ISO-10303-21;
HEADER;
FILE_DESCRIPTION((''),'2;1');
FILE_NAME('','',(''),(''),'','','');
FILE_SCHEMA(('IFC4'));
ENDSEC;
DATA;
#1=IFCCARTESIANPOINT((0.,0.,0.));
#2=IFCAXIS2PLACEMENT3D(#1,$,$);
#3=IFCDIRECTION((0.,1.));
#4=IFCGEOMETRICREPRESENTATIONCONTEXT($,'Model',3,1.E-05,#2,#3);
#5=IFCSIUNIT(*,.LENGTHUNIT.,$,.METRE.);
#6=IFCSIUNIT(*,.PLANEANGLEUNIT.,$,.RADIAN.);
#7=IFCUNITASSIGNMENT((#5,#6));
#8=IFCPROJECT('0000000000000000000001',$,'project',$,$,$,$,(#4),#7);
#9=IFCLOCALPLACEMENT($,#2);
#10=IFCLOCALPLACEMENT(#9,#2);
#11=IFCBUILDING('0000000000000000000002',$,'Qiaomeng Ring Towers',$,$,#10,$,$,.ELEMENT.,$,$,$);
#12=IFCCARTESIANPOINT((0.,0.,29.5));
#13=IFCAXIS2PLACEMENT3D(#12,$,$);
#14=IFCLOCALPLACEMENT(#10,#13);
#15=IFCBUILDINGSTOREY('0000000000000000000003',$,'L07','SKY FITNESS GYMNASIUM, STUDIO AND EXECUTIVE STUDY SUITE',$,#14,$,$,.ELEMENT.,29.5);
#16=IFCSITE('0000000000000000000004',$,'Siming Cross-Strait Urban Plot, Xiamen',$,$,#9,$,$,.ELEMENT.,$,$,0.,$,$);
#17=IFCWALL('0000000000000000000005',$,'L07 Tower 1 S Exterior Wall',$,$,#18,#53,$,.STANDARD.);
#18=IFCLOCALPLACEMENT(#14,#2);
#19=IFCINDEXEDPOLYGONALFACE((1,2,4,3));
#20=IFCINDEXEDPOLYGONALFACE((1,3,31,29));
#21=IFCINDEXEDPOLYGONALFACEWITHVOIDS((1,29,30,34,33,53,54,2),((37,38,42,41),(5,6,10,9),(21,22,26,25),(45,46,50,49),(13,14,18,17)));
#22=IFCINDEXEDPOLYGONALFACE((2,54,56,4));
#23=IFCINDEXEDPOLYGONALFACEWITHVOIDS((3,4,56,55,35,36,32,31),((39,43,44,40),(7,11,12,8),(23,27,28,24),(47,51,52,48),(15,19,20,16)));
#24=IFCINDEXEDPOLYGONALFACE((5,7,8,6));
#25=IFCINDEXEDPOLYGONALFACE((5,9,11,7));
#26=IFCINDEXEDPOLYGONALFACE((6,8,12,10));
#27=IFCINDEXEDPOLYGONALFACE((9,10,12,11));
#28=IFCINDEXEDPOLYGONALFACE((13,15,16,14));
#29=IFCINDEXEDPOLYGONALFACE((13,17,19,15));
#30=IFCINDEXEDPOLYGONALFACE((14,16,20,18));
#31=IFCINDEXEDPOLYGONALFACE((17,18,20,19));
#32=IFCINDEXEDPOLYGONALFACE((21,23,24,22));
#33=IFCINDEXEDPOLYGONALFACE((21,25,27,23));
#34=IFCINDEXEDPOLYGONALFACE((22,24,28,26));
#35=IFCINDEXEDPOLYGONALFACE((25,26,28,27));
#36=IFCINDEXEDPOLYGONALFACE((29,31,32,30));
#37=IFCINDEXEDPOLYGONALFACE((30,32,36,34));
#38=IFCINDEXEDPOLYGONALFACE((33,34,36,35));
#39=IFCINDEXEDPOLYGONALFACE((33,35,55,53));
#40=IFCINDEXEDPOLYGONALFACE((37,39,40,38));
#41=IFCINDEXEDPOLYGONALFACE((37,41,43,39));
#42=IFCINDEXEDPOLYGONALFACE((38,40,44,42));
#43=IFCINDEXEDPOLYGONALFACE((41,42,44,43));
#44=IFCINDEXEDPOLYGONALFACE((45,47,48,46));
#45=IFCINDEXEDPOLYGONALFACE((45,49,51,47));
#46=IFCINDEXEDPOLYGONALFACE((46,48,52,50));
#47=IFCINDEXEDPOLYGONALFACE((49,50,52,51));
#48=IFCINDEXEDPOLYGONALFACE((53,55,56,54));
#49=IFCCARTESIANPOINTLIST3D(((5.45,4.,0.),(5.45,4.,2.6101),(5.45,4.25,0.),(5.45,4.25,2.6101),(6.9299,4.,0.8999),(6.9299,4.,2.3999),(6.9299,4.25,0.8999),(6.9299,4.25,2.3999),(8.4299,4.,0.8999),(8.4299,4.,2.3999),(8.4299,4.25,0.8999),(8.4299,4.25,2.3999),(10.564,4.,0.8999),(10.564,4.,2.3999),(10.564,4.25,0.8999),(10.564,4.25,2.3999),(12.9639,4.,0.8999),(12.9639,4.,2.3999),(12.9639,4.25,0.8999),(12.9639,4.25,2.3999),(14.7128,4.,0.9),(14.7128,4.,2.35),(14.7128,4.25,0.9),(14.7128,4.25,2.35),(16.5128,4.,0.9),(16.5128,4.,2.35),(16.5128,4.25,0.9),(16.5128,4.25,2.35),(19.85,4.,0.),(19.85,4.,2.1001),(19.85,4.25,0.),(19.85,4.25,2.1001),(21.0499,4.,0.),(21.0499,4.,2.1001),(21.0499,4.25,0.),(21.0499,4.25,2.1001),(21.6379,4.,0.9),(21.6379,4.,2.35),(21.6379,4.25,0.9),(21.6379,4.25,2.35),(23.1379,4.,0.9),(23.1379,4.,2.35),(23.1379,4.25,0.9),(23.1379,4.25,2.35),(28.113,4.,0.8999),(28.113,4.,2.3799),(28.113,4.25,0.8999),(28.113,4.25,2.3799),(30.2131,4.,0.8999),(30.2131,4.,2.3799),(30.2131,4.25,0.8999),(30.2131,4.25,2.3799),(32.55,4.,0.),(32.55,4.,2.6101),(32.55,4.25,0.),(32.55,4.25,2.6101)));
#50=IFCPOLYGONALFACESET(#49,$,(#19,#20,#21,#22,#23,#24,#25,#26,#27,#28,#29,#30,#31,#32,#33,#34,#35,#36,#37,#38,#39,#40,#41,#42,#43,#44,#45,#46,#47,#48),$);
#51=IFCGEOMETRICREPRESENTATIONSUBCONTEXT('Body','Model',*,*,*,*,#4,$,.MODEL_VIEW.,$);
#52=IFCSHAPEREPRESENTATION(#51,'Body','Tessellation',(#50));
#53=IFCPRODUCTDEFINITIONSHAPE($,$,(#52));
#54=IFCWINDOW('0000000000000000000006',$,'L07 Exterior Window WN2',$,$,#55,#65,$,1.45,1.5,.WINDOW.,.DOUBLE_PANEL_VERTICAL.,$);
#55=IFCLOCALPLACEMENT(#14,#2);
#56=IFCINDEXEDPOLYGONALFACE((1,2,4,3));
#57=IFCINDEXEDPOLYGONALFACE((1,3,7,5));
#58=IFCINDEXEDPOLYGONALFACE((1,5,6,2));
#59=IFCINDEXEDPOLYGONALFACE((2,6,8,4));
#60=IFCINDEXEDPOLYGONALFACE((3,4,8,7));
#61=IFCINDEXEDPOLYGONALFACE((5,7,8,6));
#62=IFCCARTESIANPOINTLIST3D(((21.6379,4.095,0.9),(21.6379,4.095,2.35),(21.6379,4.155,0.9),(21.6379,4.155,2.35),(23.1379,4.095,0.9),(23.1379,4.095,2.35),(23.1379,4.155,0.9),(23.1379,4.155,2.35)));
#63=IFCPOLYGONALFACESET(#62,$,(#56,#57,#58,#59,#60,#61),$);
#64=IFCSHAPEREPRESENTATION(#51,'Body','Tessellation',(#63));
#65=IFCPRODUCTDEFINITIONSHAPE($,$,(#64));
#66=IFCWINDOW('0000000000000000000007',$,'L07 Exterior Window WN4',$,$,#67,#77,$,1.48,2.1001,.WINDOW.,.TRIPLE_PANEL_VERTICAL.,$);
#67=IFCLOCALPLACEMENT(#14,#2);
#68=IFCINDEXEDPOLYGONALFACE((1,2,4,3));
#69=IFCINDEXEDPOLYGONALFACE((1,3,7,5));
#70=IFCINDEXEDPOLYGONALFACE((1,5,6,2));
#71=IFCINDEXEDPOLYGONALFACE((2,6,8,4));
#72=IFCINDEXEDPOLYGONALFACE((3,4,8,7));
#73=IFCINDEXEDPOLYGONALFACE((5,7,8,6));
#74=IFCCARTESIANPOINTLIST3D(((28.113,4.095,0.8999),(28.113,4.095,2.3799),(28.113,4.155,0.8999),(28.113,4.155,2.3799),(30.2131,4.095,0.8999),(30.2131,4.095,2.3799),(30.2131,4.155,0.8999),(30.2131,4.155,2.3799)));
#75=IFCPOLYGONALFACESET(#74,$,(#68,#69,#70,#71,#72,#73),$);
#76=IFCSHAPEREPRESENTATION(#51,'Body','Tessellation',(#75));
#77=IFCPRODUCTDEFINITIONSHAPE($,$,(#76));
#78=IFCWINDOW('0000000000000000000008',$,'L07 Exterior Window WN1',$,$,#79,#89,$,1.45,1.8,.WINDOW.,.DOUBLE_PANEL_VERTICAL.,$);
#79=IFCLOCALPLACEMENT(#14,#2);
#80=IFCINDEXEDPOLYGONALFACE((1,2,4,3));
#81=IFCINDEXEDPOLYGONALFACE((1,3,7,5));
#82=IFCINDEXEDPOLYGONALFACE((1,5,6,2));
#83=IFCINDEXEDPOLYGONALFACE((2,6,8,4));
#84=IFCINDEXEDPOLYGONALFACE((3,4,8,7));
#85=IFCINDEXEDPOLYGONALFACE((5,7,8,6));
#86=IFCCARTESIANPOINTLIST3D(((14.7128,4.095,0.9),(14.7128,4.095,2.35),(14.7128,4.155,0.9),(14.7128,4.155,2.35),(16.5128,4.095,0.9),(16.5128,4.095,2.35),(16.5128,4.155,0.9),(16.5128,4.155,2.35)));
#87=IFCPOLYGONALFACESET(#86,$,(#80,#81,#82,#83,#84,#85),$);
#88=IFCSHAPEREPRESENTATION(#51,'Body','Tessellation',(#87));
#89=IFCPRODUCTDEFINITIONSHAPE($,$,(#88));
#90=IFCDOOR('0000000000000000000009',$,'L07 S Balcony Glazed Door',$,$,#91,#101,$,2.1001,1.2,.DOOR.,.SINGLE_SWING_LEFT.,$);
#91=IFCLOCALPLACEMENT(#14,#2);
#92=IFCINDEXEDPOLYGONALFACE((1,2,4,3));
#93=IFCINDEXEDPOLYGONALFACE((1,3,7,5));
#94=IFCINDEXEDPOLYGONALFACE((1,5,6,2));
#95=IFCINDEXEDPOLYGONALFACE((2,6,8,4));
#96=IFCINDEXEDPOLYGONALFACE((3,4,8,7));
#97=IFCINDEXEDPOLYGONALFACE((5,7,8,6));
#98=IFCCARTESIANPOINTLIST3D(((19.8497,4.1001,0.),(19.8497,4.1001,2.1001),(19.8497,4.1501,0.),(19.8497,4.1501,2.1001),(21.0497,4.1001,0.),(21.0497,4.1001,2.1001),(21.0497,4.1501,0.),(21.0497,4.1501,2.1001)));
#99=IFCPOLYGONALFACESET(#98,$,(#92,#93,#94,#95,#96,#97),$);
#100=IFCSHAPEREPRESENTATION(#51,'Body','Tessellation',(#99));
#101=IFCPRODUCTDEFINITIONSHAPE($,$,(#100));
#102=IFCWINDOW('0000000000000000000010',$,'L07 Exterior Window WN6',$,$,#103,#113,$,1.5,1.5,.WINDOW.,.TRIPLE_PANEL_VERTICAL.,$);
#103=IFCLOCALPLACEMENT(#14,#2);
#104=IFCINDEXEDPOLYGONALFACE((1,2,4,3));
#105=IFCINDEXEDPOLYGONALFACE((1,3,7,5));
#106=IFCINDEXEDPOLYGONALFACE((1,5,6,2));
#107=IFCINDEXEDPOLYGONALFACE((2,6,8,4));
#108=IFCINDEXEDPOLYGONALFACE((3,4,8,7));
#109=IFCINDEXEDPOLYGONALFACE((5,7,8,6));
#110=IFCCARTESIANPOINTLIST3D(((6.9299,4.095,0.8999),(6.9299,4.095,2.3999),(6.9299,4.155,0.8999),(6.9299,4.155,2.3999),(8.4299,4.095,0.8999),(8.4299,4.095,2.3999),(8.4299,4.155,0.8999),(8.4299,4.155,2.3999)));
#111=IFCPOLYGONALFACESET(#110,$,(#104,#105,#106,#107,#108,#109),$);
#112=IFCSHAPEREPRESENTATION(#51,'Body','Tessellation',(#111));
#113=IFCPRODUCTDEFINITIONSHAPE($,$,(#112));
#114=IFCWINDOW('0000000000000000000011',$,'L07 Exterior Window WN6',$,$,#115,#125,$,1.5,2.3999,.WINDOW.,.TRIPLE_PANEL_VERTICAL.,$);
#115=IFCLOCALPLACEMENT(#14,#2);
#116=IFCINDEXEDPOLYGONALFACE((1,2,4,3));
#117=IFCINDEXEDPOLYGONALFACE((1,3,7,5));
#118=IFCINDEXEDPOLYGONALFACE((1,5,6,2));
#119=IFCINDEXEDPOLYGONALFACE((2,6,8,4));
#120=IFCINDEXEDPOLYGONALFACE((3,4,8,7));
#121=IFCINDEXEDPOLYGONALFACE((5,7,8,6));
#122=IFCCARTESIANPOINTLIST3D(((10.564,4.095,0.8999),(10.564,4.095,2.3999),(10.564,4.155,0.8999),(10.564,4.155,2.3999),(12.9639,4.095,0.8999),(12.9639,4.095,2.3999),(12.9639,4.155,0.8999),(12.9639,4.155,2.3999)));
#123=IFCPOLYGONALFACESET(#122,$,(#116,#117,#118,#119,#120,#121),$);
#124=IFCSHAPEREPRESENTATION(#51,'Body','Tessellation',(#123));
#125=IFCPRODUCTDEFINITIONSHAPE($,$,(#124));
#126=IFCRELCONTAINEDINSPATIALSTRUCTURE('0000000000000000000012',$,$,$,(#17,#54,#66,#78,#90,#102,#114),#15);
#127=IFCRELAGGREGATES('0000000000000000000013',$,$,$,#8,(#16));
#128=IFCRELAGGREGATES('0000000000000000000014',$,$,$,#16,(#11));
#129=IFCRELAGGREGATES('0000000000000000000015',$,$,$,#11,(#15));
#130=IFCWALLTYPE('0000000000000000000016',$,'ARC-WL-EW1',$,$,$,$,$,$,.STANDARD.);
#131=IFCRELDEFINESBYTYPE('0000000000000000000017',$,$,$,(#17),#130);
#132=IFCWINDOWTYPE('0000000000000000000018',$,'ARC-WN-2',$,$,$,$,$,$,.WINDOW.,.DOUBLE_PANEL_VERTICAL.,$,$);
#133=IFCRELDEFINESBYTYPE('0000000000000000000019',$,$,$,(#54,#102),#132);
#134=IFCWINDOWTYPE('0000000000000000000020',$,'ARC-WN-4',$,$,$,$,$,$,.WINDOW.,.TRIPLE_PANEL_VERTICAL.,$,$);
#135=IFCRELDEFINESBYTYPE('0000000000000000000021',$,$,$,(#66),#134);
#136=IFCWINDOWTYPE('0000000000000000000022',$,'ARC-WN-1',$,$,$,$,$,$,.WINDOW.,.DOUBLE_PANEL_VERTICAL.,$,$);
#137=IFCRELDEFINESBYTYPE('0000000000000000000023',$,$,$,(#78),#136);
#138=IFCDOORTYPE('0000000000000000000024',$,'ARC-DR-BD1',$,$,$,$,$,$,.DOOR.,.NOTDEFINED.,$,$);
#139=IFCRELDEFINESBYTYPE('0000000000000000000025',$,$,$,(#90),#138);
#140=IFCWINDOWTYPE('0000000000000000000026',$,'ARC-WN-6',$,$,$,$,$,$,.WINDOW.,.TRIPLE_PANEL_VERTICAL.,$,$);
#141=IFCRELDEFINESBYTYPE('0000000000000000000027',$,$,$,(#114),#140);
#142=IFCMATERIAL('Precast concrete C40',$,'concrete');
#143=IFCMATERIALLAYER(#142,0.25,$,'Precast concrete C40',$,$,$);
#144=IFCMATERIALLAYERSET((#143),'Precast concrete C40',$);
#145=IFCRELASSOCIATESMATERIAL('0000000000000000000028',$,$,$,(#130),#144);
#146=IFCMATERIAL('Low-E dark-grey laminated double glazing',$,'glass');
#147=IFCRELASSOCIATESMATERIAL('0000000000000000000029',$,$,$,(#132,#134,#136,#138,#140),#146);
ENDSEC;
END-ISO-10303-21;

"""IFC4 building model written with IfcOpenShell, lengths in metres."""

from ifc_helpers import new_model, si_unit, direction, frame, frame_2d, origin, place, context, subcontext, project, spatial, rectangle, extrude, source, transform, mapped, material, layer, layer_set, type_object, element, fill, save


model = new_model("IFC4")

# Units and contexts
model_context = context("Model", 3, precision=1e-05, world=origin(), true_north=direction((0.0, 1.0)))
body_context = subcontext(model_context, "Body", "Model", "MODEL_VIEW")
ifc_project = project(units=[si_unit("LENGTHUNIT", "METRE"), si_unit("PLANEANGLEUNIT", "RADIAN")], contexts=[model_context])

# Site, building, storey
site_placement = place(None, origin())
site = spatial("IfcSite", under=ifc_project, at=site_placement, Name="Siming Cross-Strait Urban Plot, Xiamen", CompositionType="ELEMENT", RefElevation=0.0)
building_placement = place(site_placement, origin())
building = spatial("IfcBuilding", under=site, at=building_placement, Name="Qiaomeng Ring Towers", CompositionType="ELEMENT")
storey_placement = place(building_placement, frame((0.0, 0.0, 29.5)))
storey = spatial("IfcBuildingStorey", under=building, at=storey_placement, Name="L07", Description="SKY FITNESS GYMNASIUM, STUDIO AND EXECUTIVE STUDY SUITE", CompositionType="ELEMENT", Elevation=29.5)

# Shared definitions
ifc_material_1 = material(Name="Low-E dark-grey laminated double glazing", Category="glass")

# Wall, openings, windows, door
ifc_material_2 = material(Name="Precast concrete C40", Category="concrete")
ifc_layer_1 = layer(ifc_material_2, 0.25, Name="Precast concrete C40")
ifc_layer_set_1 = layer_set([ifc_layer_1], Name="Precast concrete C40")
wall_type_1 = type_object("IfcWallType", Name="ARC-WL-EW1", PredefinedType="STANDARD", material=ifc_layer_set_1)
wall_1_placement = place(storey_placement, frame((5.45, 4.125, 0.0), z_axis=(0.0, 0.0, 1.0), x_axis=(1.0, 0.0, 0.0)))
wall_1 = element("IfcWall", 1, at=wall_1_placement, inside=storey, type_object=wall_type_1, Name="L07 Tower 1 S Exterior Wall", PredefinedType="STANDARD", context=body_context, shape_type="SweptSolid", body=[
    extrude(rectangle(XDim=27.1001, YDim=0.25, at=frame_2d((13.55, 0.0))), origin(), (0.0, 0.0, 1.0), 2.6101),
])
opening_1_placement = place(wall_1_placement, frame((14.3999, 0.0, 0.0)))
opening_1 = element("IfcOpeningElement", 2, at=opening_1_placement, cuts=wall_1, PredefinedType="OPENING", context=body_context, shape_type="SweptSolid", body=[
    extrude(rectangle(XDim=1.2, YDim=2.1001, at=frame_2d((0.6001, 1.05))), frame((0.0, 0.135, 0.0), z_axis=(0.0, -1.0, 0.0), x_axis=(1.0, 0.0, 0.0)), (0.0, 0.0, 1.0), 0.27),
])
opening_2_placement = place(wall_1_placement, frame((1.48, 0.0, 0.8999)))
opening_2 = element("IfcOpeningElement", 3, at=opening_2_placement, cuts=wall_1, PredefinedType="OPENING", context=body_context, shape_type="SweptSolid", body=[
    extrude(rectangle(XDim=1.5, YDim=1.5, at=frame_2d((0.75, 0.75))), frame((0.0, 0.135, 0.0), z_axis=(0.0, -1.0, 0.0), x_axis=(1.0, 0.0, 0.0)), (0.0, 0.0, 1.0), 0.27),
])
opening_3_placement = place(wall_1_placement, frame((9.2629, 0.0, 0.8999)))
opening_3 = element("IfcOpeningElement", 4, at=opening_3_placement, cuts=wall_1, PredefinedType="OPENING", context=body_context, shape_type="SweptSolid", body=[
    extrude(rectangle(XDim=1.8, YDim=1.45, at=frame_2d((0.8999, 0.7251))), frame((0.0, 0.135, 0.0), z_axis=(0.0, -1.0, 0.0), x_axis=(1.0, 0.0, 0.0)), (0.0, 0.0, 1.0), 0.27),
])
opening_4_placement = place(wall_1_placement, frame((16.188, 0.0, 0.8999)))
opening_4 = element("IfcOpeningElement", 5, at=opening_4_placement, cuts=wall_1, PredefinedType="OPENING", context=body_context, shape_type="SweptSolid", body=[
    extrude(rectangle(XDim=1.5, YDim=1.45, at=frame_2d((0.75, 0.7251))), frame((0.0, 0.135, 0.0), z_axis=(0.0, -1.0, 0.0), x_axis=(1.0, 0.0, 0.0)), (0.0, 0.0, 1.0), 0.27),
])
opening_5_placement = place(wall_1_placement, frame((22.6631, 0.0, 0.8999)))
opening_5 = element("IfcOpeningElement", 6, at=opening_5_placement, cuts=wall_1, PredefinedType="OPENING", context=body_context, shape_type="SweptSolid", body=[
    extrude(rectangle(XDim=2.1001, YDim=1.48, at=frame_2d((1.05, 0.74))), frame((0.0, 0.135, 0.0), z_axis=(0.0, -1.0, 0.0), x_axis=(1.0, 0.0, 0.0)), (0.0, 0.0, 1.0), 0.27),
])
opening_6_placement = place(wall_1_placement, frame((5.114, 0.0, 0.8999)))
opening_6 = element("IfcOpeningElement", 7, at=opening_6_placement, cuts=wall_1, PredefinedType="OPENING", context=body_context, shape_type="SweptSolid", body=[
    extrude(rectangle(XDim=2.3999, YDim=1.5, at=frame_2d((1.2, 0.75))), frame((0.0, 0.135, 0.0), z_axis=(0.0, -1.0, 0.0), x_axis=(1.0, 0.0, 0.0)), (0.0, 0.0, 1.0), 0.27),
])
window_type_1 = type_object("IfcWindowType", Name="ARC-WN-2", PartitioningType="DOUBLE_PANEL_VERTICAL", PredefinedType="WINDOW", material=ifc_material_1)
shared_shape_1 = source(origin(), body_context, "Body", "SweptSolid", [
    extrude(rectangle(XDim=1.5, YDim=1.45, at=frame_2d((0.75, 0.7251))), frame((0.0, 0.03, 0.0), z_axis=(0.0, -1.0, 0.0), x_axis=(1.0, 0.0, 0.0)), (0.0, 0.0, 1.0), 0.0601),
])
window_1_placement = place(opening_4_placement, origin())
window_1 = element("IfcWindow", 8, at=window_1_placement, inside=storey, type_object=window_type_1, Name="L07 Exterior Window WN2", OverallHeight=1.45, OverallWidth=1.5, PartitioningType="DOUBLE_PANEL_VERTICAL", PredefinedType="WINDOW", context=body_context, shape_type="MappedRepresentation", body=[
    mapped(shared_shape_1, transform((0.0, 0.0, 0.0), x_axis=(1.0, 0.0, 0.0), y_axis=(0.0, 1.0, 0.0), z_axis=(0.0, 0.0, 1.0), scale=1.0)),
])
fill(opening_4, window_1)
window_type_2 = type_object("IfcWindowType", Name="ARC-WN-4", PartitioningType="TRIPLE_PANEL_VERTICAL", PredefinedType="WINDOW", material=ifc_material_1)
shared_shape_2 = source(origin(), body_context, "Body", "SweptSolid", [
    extrude(rectangle(XDim=2.1001, YDim=1.48, at=frame_2d((1.05, 0.74))), frame((0.0, 0.03, 0.0), z_axis=(0.0, -1.0, 0.0), x_axis=(1.0, 0.0, 0.0)), (0.0, 0.0, 1.0), 0.0601),
])
window_2_placement = place(opening_5_placement, origin())
window_2 = element("IfcWindow", 9, at=window_2_placement, inside=storey, type_object=window_type_2, Name="L07 Exterior Window WN4", OverallHeight=1.48, OverallWidth=2.1001, PartitioningType="TRIPLE_PANEL_VERTICAL", PredefinedType="WINDOW", context=body_context, shape_type="MappedRepresentation", body=[
    mapped(shared_shape_2, transform((0.0, 0.0, 0.0), x_axis=(1.0, 0.0, 0.0), y_axis=(0.0, 1.0, 0.0), z_axis=(0.0, 0.0, 1.0), scale=1.0)),
])
fill(opening_5, window_2)
window_type_3 = type_object("IfcWindowType", Name="ARC-WN-1", PartitioningType="DOUBLE_PANEL_VERTICAL", PredefinedType="WINDOW", material=ifc_material_1)
shared_shape_3 = source(origin(), body_context, "Body", "SweptSolid", [
    extrude(rectangle(XDim=1.8, YDim=1.45, at=frame_2d((0.8999, 0.7251))), frame((0.0, 0.03, 0.0), z_axis=(0.0, -1.0, 0.0), x_axis=(1.0, 0.0, 0.0)), (0.0, 0.0, 1.0), 0.0601),
])
window_3_placement = place(opening_3_placement, origin())
window_3 = element("IfcWindow", 10, at=window_3_placement, inside=storey, type_object=window_type_3, Name="L07 Exterior Window WN1", OverallHeight=1.45, OverallWidth=1.8, PartitioningType="DOUBLE_PANEL_VERTICAL", PredefinedType="WINDOW", context=body_context, shape_type="MappedRepresentation", body=[
    mapped(shared_shape_3, transform((0.0, 0.0, 0.0), x_axis=(1.0, 0.0, 0.0), y_axis=(0.0, 1.0, 0.0), z_axis=(0.0, 0.0, 1.0), scale=1.0)),
])
fill(opening_3, window_3)
door_type_1 = type_object("IfcDoorType", Name="ARC-DR-BD1", OperationType="NOTDEFINED", PredefinedType="DOOR", material=ifc_material_1)
shared_shape_4 = source(origin(), body_context, "Body", "SweptSolid", [
    extrude(rectangle(XDim=1.2, YDim=2.1001, at=frame_2d((0.6001, 1.05))), frame((0.0, 0.0249, 0.0), z_axis=(0.0, -1.0, 0.0), x_axis=(1.0, 0.0, 0.0)), (0.0, 0.0, 1.0), 0.05),
])
door_1_placement = place(opening_1_placement, frame((1.2, 0.0, 0.0), z_axis=(0.0, 0.0, 1.0), x_axis=(-1.0, 0.0, 0.0)))
door_1 = element("IfcDoor", 11, at=door_1_placement, inside=storey, type_object=door_type_1, Name="L07 S Balcony Glazed Door", OperationType="SINGLE_SWING_LEFT", OverallHeight=2.1001, OverallWidth=1.2, PredefinedType="DOOR", context=body_context, shape_type="MappedRepresentation", body=[
    mapped(shared_shape_4, transform((0.0, 0.0, 0.0), x_axis=(1.0, 0.0, 0.0), y_axis=(0.0, 1.0, 0.0), z_axis=(0.0, 0.0, 1.0), scale=1.0)),
])
fill(opening_1, door_1)
shared_shape_5 = source(origin(), body_context, "Body", "SweptSolid", [
    extrude(rectangle(XDim=1.5, YDim=1.5, at=frame_2d((0.75, 0.75))), frame((0.0, 0.03, 0.0), z_axis=(0.0, -1.0, 0.0), x_axis=(1.0, 0.0, 0.0)), (0.0, 0.0, 1.0), 0.0601),
])
window_4_placement = place(opening_2_placement, origin())
window_4 = element("IfcWindow", 12, at=window_4_placement, inside=storey, type_object=window_type_1, Name="L07 Exterior Window WN6", OverallHeight=1.5, OverallWidth=1.5, PartitioningType="TRIPLE_PANEL_VERTICAL", PredefinedType="WINDOW", context=body_context, shape_type="MappedRepresentation", body=[
    mapped(shared_shape_5, transform((0.0, 0.0, 0.0), x_axis=(1.0, 0.0, 0.0), y_axis=(0.0, 1.0, 0.0), z_axis=(0.0, 0.0, 1.0), scale=1.0)),
])
fill(opening_2, window_4)
window_type_4 = type_object("IfcWindowType", Name="ARC-WN-6", PartitioningType="TRIPLE_PANEL_VERTICAL", PredefinedType="WINDOW", material=ifc_material_1)
shared_shape_6 = source(origin(), body_context, "Body", "SweptSolid", [
    extrude(rectangle(XDim=2.3999, YDim=1.5, at=frame_2d((1.2, 0.75))), frame((0.0, 0.03, 0.0), z_axis=(0.0, -1.0, 0.0), x_axis=(1.0, 0.0, 0.0)), (0.0, 0.0, 1.0), 0.0601),
])
window_5_placement = place(opening_6_placement, origin())
window_5 = element("IfcWindow", 13, at=window_5_placement, inside=storey, type_object=window_type_4, Name="L07 Exterior Window WN6", OverallHeight=1.5, OverallWidth=2.3999, PartitioningType="TRIPLE_PANEL_VERTICAL", PredefinedType="WINDOW", context=body_context, shape_type="MappedRepresentation", body=[
    mapped(shared_shape_6, transform((0.0, 0.0, 0.0), x_axis=(1.0, 0.0, 0.0), y_axis=(0.0, 1.0, 0.0), z_axis=(0.0, 0.0, 1.0), scale=1.0)),
])
fill(opening_6, window_5)

save(model, "model.ifc")
